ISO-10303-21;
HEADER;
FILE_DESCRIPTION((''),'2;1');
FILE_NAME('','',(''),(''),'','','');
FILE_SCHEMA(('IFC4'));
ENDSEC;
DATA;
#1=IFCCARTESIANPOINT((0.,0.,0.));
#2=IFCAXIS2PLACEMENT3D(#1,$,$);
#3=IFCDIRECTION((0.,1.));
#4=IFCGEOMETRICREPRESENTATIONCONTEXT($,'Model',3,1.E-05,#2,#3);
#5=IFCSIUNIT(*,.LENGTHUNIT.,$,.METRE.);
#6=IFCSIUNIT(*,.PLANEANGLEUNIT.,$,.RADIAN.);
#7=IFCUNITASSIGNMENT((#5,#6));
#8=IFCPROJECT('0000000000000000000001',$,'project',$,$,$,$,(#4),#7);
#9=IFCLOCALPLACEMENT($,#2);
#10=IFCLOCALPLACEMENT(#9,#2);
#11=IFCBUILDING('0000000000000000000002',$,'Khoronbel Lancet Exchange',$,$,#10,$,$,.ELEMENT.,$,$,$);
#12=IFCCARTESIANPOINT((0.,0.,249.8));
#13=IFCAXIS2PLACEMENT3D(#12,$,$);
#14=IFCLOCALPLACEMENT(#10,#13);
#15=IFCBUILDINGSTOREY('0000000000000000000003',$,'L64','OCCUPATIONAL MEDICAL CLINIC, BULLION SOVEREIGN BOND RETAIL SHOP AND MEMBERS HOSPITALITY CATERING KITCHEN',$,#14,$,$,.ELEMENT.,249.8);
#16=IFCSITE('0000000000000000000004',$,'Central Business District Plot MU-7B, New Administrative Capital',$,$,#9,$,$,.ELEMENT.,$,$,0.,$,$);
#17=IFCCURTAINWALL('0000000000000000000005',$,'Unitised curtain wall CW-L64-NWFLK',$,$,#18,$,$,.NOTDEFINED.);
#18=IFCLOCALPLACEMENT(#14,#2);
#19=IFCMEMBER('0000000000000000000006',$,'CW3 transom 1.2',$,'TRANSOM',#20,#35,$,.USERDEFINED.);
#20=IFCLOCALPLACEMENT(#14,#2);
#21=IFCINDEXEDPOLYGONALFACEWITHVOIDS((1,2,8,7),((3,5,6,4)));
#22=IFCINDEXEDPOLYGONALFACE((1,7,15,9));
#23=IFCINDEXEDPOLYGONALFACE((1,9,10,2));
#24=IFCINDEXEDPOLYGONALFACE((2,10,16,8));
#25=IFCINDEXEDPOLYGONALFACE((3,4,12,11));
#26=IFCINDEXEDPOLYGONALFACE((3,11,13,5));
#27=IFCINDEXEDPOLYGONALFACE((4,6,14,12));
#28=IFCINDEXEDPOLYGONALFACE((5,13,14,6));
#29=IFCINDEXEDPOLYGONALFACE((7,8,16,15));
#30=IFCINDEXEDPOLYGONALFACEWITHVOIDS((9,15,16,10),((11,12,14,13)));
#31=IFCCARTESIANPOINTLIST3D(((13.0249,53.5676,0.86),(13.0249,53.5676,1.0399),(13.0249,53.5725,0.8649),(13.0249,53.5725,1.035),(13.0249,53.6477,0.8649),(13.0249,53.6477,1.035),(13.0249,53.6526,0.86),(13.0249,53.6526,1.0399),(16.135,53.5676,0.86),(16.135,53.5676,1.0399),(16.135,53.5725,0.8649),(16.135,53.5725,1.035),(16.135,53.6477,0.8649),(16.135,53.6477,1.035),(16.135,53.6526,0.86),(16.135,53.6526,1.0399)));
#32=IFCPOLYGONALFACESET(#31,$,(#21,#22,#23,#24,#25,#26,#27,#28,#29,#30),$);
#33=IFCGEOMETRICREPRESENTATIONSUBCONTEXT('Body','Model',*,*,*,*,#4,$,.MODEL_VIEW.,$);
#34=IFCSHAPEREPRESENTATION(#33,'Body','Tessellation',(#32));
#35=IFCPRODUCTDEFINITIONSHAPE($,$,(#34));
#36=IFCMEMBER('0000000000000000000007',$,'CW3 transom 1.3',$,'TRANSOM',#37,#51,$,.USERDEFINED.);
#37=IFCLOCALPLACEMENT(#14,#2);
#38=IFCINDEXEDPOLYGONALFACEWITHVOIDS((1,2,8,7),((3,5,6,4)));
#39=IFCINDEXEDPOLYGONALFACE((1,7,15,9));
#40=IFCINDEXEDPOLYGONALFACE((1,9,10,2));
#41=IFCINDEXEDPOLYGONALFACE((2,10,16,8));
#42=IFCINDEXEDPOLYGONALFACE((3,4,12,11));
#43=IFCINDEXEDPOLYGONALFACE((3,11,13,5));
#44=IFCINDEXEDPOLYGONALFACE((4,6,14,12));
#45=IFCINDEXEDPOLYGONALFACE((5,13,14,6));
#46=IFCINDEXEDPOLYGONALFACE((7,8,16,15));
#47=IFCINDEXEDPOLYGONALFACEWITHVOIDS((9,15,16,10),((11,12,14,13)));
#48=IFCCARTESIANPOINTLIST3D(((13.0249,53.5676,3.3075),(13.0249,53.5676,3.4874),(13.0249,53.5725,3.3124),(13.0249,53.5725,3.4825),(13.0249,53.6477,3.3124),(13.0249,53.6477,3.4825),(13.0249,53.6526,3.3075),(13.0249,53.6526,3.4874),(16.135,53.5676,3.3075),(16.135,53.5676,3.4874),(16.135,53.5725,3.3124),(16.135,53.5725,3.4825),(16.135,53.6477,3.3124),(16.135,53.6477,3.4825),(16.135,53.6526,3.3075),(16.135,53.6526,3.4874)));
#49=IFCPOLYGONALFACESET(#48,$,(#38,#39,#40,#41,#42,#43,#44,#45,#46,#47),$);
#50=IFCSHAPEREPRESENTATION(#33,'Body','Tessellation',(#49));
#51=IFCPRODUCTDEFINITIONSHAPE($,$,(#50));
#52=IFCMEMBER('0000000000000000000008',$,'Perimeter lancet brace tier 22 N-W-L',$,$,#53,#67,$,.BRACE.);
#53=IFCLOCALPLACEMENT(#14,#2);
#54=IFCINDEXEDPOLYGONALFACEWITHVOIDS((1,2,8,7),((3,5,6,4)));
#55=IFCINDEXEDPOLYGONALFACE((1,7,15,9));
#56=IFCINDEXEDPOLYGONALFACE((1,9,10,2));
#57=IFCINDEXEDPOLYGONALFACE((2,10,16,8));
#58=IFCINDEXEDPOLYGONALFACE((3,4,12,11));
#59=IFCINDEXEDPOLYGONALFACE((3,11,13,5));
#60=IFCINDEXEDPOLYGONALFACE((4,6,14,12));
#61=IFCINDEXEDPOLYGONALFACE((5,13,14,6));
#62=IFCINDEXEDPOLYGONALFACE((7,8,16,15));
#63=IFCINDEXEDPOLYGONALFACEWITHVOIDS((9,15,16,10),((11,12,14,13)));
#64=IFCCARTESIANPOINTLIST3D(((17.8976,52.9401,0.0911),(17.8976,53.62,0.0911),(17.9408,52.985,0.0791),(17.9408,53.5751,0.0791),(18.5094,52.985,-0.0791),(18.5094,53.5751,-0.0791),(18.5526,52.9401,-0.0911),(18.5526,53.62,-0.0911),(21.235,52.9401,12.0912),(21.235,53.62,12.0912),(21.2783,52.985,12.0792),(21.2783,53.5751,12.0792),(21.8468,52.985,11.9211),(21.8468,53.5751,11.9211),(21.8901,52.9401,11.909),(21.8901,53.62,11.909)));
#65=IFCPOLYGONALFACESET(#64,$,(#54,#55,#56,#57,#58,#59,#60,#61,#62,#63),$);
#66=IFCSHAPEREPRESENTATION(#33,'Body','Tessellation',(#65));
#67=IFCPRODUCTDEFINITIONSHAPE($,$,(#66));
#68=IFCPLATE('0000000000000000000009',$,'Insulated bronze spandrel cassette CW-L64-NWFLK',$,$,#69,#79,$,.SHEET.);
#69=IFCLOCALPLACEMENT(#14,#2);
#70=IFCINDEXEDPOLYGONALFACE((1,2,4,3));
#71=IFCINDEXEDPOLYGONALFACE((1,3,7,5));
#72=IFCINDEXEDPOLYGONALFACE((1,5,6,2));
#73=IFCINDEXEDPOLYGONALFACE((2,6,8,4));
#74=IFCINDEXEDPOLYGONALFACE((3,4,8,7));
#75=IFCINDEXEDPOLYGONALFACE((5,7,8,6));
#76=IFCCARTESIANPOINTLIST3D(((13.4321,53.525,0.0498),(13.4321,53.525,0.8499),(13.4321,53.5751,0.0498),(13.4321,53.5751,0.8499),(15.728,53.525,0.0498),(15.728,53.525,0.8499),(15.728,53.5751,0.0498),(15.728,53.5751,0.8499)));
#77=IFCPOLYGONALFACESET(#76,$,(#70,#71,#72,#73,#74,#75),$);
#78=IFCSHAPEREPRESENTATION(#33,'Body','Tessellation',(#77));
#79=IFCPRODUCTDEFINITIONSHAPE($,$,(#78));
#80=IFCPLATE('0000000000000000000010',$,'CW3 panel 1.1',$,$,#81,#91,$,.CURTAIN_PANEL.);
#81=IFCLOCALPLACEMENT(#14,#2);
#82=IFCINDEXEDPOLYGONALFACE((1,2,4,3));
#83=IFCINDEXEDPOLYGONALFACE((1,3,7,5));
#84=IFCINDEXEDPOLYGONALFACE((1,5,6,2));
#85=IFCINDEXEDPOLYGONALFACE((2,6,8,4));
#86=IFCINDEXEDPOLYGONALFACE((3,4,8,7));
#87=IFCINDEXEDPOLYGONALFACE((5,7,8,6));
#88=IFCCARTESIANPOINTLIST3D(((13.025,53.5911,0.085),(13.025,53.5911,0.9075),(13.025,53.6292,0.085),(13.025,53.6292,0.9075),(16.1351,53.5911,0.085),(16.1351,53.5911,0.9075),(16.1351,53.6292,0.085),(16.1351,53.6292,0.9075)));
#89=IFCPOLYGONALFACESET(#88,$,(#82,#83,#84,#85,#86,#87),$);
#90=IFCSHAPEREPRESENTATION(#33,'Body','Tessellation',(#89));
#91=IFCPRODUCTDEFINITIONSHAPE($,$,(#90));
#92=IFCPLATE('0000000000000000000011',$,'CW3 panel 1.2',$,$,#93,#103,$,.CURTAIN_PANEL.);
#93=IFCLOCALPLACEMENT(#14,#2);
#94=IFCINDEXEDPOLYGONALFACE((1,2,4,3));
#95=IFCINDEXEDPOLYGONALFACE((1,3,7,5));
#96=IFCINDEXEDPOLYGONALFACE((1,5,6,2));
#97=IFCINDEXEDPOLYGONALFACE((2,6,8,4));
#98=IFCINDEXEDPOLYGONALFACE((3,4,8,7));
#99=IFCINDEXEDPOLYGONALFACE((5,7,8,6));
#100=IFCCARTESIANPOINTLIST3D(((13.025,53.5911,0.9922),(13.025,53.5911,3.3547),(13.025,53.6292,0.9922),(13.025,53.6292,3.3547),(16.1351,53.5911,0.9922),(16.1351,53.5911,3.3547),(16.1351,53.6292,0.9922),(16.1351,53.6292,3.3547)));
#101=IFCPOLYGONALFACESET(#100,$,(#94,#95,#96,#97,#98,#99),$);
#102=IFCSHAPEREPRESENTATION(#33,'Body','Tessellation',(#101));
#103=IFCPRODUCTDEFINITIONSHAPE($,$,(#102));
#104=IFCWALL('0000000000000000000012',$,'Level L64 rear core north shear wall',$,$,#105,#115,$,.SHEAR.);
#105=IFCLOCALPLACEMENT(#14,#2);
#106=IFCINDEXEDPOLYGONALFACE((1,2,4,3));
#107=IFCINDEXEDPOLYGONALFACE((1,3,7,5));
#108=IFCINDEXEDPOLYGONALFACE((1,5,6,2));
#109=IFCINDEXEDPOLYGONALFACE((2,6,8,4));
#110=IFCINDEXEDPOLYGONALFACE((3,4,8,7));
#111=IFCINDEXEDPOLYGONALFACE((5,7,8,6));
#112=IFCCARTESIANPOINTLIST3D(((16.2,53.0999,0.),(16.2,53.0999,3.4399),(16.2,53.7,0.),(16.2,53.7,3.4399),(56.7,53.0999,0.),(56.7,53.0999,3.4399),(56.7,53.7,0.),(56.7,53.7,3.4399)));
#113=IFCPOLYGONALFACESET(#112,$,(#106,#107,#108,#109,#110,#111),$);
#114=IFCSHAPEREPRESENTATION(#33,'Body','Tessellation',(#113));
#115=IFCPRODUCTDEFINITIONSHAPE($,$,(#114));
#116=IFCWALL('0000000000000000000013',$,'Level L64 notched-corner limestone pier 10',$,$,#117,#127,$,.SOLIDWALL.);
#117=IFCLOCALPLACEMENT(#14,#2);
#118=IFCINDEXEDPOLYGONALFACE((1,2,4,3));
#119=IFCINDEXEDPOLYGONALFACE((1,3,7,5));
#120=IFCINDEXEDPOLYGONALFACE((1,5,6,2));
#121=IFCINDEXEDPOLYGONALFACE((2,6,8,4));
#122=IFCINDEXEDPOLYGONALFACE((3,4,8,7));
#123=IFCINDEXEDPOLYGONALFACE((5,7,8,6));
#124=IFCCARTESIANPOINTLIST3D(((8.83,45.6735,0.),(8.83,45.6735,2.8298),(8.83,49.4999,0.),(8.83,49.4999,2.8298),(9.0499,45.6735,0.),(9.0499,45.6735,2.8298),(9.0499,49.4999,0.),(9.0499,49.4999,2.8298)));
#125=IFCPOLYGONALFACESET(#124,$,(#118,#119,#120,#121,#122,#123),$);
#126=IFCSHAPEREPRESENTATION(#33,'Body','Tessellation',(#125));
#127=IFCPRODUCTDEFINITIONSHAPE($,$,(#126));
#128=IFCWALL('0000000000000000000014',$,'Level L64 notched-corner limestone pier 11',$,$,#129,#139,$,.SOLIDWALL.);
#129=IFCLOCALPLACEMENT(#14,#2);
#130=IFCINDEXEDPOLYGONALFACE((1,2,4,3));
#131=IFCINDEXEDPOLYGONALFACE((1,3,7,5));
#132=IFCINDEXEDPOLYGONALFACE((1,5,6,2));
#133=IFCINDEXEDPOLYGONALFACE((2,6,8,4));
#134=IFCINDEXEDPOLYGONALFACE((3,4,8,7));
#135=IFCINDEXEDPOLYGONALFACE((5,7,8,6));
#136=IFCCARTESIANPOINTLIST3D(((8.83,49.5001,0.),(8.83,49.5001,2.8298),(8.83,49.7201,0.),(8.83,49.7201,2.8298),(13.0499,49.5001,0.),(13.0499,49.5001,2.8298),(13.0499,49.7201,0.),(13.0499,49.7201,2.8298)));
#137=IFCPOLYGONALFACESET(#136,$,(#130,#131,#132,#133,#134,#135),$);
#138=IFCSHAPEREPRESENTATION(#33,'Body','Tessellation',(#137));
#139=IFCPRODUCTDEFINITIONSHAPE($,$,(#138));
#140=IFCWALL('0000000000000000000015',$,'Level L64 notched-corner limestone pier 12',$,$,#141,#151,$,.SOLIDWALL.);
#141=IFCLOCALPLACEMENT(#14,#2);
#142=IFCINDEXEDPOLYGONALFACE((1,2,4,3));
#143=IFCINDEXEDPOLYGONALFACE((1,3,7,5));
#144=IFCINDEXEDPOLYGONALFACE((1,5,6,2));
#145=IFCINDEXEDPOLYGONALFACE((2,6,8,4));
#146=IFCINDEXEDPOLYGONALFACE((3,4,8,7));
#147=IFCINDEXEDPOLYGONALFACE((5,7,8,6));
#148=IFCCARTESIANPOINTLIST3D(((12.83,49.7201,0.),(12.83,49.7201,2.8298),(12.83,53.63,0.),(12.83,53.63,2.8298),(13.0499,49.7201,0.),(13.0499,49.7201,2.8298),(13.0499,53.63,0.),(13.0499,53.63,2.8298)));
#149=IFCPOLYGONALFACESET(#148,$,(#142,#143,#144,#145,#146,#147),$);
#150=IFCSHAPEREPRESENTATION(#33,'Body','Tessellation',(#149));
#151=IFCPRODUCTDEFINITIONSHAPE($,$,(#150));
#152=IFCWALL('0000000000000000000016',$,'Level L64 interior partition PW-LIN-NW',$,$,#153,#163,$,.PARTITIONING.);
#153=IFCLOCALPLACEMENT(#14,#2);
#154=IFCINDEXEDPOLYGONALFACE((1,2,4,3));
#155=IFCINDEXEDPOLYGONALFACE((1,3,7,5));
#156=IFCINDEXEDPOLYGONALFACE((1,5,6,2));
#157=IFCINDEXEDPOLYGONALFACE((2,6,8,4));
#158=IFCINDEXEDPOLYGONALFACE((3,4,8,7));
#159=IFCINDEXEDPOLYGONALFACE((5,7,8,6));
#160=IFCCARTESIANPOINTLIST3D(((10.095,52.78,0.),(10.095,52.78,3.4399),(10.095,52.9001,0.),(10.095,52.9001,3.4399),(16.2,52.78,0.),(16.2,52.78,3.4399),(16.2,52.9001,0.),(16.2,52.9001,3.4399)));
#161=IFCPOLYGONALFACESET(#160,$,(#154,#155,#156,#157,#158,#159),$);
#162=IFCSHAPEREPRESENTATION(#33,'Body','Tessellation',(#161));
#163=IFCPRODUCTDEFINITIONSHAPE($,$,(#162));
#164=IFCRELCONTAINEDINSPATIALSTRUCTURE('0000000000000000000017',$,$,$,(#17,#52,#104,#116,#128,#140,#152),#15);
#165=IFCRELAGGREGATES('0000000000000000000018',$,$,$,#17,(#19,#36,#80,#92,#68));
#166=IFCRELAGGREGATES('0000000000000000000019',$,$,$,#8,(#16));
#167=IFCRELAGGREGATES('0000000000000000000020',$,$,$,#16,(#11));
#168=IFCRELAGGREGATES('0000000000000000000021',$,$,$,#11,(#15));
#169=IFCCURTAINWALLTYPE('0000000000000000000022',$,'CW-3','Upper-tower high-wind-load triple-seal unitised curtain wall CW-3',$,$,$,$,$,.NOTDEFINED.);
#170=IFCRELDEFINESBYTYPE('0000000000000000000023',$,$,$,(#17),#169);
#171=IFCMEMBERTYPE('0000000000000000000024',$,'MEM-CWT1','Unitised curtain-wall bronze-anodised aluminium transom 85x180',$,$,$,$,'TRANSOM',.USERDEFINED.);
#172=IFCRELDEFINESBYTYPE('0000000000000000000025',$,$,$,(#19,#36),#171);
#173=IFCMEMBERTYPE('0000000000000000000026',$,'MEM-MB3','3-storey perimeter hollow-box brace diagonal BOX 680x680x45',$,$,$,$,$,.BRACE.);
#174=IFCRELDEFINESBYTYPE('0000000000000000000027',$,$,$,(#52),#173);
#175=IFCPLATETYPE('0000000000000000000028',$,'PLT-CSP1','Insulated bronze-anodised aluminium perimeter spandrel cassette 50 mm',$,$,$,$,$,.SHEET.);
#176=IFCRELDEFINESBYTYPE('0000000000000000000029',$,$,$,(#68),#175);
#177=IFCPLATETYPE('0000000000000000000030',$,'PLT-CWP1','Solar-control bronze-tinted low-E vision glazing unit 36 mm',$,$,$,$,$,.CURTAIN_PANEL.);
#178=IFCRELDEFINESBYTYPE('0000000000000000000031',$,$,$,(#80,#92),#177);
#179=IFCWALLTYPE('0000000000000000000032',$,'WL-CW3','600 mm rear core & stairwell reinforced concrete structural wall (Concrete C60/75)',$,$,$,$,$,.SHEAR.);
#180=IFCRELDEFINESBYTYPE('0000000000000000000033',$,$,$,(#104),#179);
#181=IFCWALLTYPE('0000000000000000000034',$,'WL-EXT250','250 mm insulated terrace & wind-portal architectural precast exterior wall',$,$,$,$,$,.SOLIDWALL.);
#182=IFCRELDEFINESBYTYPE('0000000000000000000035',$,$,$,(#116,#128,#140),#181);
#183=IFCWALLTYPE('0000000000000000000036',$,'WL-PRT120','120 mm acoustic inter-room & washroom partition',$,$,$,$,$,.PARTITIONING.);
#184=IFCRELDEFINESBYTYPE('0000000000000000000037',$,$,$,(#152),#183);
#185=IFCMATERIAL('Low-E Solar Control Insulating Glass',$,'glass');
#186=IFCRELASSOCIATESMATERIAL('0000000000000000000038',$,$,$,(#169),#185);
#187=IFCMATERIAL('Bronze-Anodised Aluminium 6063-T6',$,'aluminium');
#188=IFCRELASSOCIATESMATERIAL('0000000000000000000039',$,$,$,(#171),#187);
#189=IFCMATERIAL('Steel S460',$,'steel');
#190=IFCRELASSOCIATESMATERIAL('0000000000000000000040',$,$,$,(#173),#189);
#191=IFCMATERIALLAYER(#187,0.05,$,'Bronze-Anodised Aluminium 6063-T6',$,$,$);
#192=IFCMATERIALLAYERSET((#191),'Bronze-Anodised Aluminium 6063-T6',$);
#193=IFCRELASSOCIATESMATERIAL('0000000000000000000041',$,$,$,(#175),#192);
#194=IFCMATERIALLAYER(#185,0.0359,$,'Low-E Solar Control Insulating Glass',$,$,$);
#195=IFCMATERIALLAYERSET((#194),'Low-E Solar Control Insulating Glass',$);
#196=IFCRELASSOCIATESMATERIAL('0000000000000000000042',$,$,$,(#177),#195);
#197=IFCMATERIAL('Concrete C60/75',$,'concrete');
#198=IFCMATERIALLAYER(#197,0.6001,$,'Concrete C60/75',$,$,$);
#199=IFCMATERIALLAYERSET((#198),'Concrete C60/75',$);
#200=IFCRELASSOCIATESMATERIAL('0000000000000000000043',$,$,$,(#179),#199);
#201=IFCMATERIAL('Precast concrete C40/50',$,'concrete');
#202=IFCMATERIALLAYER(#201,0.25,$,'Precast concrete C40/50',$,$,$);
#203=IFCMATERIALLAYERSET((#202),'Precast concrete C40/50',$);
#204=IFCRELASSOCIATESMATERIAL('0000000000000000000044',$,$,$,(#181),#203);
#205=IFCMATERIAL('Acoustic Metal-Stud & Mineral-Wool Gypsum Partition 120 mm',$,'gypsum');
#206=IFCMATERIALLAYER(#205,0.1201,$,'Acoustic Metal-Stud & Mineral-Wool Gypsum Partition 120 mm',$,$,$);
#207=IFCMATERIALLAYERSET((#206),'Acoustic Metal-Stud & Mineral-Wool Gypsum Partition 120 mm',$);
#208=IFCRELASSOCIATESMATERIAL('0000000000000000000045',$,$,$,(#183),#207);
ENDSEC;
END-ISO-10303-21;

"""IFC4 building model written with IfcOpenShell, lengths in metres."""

from ifc_helpers import new_model, si_unit, direction, frame, frame_2d, origin, origin_2d, place, context, subcontext, project, spatial, rectangle, hollow_rectangle, extrude, material, layer, layer_set, material_profile, profile_set, type_object, element, aggregate, save


model = new_model("IFC4")

# Units and contexts
model_context = context("Model", 3, precision=1e-05, world=origin(), true_north=direction((0.0, 1.0)))
body_context = subcontext(model_context, "Body", "Model", "MODEL_VIEW")
ifc_project = project(units=[si_unit("LENGTHUNIT", "METRE"), si_unit("PLANEANGLEUNIT", "RADIAN")], contexts=[model_context])

# Site, building, storey
site_placement = place(None, origin())
site = spatial("IfcSite", under=ifc_project, at=site_placement, Name="Central Business District Plot MU-7B, New Administrative Capital", CompositionType="ELEMENT", RefElevation=0.0)
building_placement = place(site_placement, origin())
building = spatial("IfcBuilding", under=site, at=building_placement, Name="Khoronbel Lancet Exchange", CompositionType="ELEMENT")
storey_placement = place(building_placement, frame((0.0, 0.0, 249.8)))
storey = spatial("IfcBuildingStorey", under=building, at=storey_placement, Name="L64", Description="OCCUPATIONAL MEDICAL CLINIC, BULLION SOVEREIGN BOND RETAIL SHOP AND MEMBERS HOSPITALITY CATERING KITCHEN", CompositionType="ELEMENT", Elevation=249.8)

# Shared definitions
ifc_material_1 = material(Name="Steel S460", Category="steel")

# Curtain wall, members
ifc_material_2 = material(Name="Low-E Solar Control Insulating Glass", Category="glass")
curtain_wall_type = type_object("IfcCurtainWallType", Name="CW-3", Description="Upper-tower high-wind-load triple-seal unitised curtain wall CW-3", PredefinedType="NOTDEFINED", material=ifc_material_2)
curtain_wall_placement = place(storey_placement, origin())
curtain_wall = element("IfcCurtainWall", 1, at=curtain_wall_placement, inside=storey, type_object=curtain_wall_type, Name="Unitised curtain wall CW-L64-NWFLK", PredefinedType="NOTDEFINED")
ifc_material_3 = material(Name="Bronze-Anodised Aluminium 6063-T6", Category="aluminium")
ifc_material_profile_1 = material_profile(ifc_material_3, hollow_rectangle(XDim=0.085, YDim=0.1799, WallThickness=0.0049, at=origin_2d()), Name="ALU TRANSOM 85x180")
ifc_profile_set_1 = profile_set([ifc_material_profile_1], Name="Bronze-Anodised Aluminium 6063-T6")
member_type_1 = type_object("IfcMemberType", Name="MEM-CWT1", Description="Unitised curtain-wall bronze-anodised aluminium transom 85x180", ElementType="TRANSOM", PredefinedType="USERDEFINED", material=ifc_profile_set_1)
member_1_placement = place(storey_placement, frame((16.135, 53.6101, 0.95), z_axis=(-1.0, 0.0, 0.0), x_axis=(0.0, -1.0, 0.0)))
member_1 = element("IfcMember", 2, at=member_1_placement, type_object=member_type_1, Name="CW3 transom 1.2", ObjectType="TRANSOM", PredefinedType="USERDEFINED", context=body_context, shape_type="SweptSolid", body=[
    extrude(hollow_rectangle(XDim=0.085, YDim=0.1799, WallThickness=0.0049, at=origin_2d()), origin(), (0.0, 0.0, 1.0), 3.1101),
])
member_2_placement = place(storey_placement, frame((16.135, 53.6101, 3.3975), z_axis=(-1.0, 0.0, 0.0), x_axis=(0.0, -1.0, 0.0)))
member_2 = element("IfcMember", 3, at=member_2_placement, type_object=member_type_1, Name="CW3 transom 1.3", ObjectType="TRANSOM", PredefinedType="USERDEFINED", context=body_context, shape_type="SweptSolid", body=[
    extrude(hollow_rectangle(XDim=0.085, YDim=0.1799, WallThickness=0.0049, at=origin_2d()), origin(), (0.0, 0.0, 1.0), 3.1101),
])

# Member
ifc_material_profile_2 = material_profile(ifc_material_1, hollow_rectangle(XDim=0.6799, YDim=0.6799, WallThickness=0.0449, at=origin_2d()), Name="BOX 680x680x45")
ifc_profile_set_2 = profile_set([ifc_material_profile_2], Name="Steel S460")
member_type_2 = type_object("IfcMemberType", Name="MEM-MB3", Description="3-storey perimeter hollow-box brace diagonal BOX 680x680x45", PredefinedType="BRACE", material=ifc_profile_set_2)
member_3_placement = place(storey_placement, frame((18.2251, 53.28, 0.0), z_axis=(0.267947, 0.0, 0.963434), x_axis=(0.0, 1.0, 0.0)))
element("IfcMember", 4, at=member_3_placement, inside=storey, type_object=member_type_2, Name="Perimeter lancet brace tier 22 N-W-L", PredefinedType="BRACE", context=body_context, shape_type="SweptSolid", body=[
    extrude(hollow_rectangle(XDim=0.6799, YDim=0.6799, WallThickness=0.0449, at=origin_2d()), origin(), (0.0, 0.0, 1.0), 12.4556),
])

# Plates
ifc_layer_1 = layer(ifc_material_3, 0.05, Name="Bronze-Anodised Aluminium 6063-T6")
ifc_layer_set_1 = layer_set([ifc_layer_1], Name="Bronze-Anodised Aluminium 6063-T6")
plate_type_1 = type_object("IfcPlateType", Name="PLT-CSP1", Description="Insulated bronze-anodised aluminium perimeter spandrel cassette 50 mm", PredefinedType="SHEET", material=ifc_layer_set_1)
plate_1_placement = place(storey_placement, frame((14.5801, 53.55, 0.0498), z_axis=(0.0, 0.0, 1.0), x_axis=(-1.0, 0.0, 0.0)))
plate_1 = element("IfcPlate", 5, at=plate_1_placement, type_object=plate_type_1, Name="Insulated bronze spandrel cassette CW-L64-NWFLK", PredefinedType="SHEET", context=body_context, shape_type="SweptSolid", body=[
    extrude(rectangle(XDim=2.2959, YDim=0.05, at=origin_2d()), origin(), (0.0, 0.0, 1.0), 0.8),
])
ifc_layer_2 = layer(ifc_material_2, 0.0359, Name="Low-E Solar Control Insulating Glass")
ifc_layer_set_2 = layer_set([ifc_layer_2], Name="Low-E Solar Control Insulating Glass")
plate_type_2 = type_object("IfcPlateType", Name="PLT-CWP1", Description="Solar-control bronze-tinted low-E vision glazing unit 36 mm", PredefinedType="CURTAIN_PANEL", material=ifc_layer_set_2)
plate_2_placement = place(storey_placement, frame((14.5801, 53.6101, 0.085), z_axis=(0.0, 0.0, 1.0), x_axis=(-1.0, 0.0, 0.0)))
plate_2 = element("IfcPlate", 6, at=plate_2_placement, type_object=plate_type_2, Name="CW3 panel 1.1", PredefinedType="CURTAIN_PANEL", context=body_context, shape_type="SweptSolid", body=[
    extrude(rectangle(XDim=3.1101, YDim=0.0381, at=origin_2d()), origin(), (0.0, 0.0, 1.0), 0.8225),
])
plate_3_placement = place(storey_placement, frame((14.5801, 53.6101, 0.9922), z_axis=(0.0, 0.0, 1.0), x_axis=(-1.0, 0.0, 0.0)))
plate_3 = element("IfcPlate", 7, at=plate_3_placement, type_object=plate_type_2, Name="CW3 panel 1.2", PredefinedType="CURTAIN_PANEL", context=body_context, shape_type="SweptSolid", body=[
    extrude(rectangle(XDim=3.1101, YDim=0.0381, at=origin_2d()), origin(), (0.0, 0.0, 1.0), 2.3625),
])
aggregate(curtain_wall, [member_1, member_2, plate_2, plate_3, plate_1])

# Walls
ifc_material_4 = material(Name="Concrete C60/75", Category="concrete")
ifc_layer_3 = layer(ifc_material_4, 0.6001, Name="Concrete C60/75")
ifc_layer_set_3 = layer_set([ifc_layer_3], Name="Concrete C60/75")
wall_type_1 = type_object("IfcWallType", Name="WL-CW3", Description="600 mm rear core & stairwell reinforced concrete structural wall (Concrete C60/75)", PredefinedType="SHEAR", material=ifc_layer_set_3)
wall_1_placement = place(storey_placement, frame((16.2, 53.3999, 0.0), z_axis=(0.0, 0.0, 1.0), x_axis=(1.0, 0.0, 0.0)))
element("IfcWall", 8, at=wall_1_placement, inside=storey, type_object=wall_type_1, Name="Level L64 rear core north shear wall", PredefinedType="SHEAR", context=body_context, shape_type="SweptSolid", body=[
    extrude(rectangle(XDim=40.5, YDim=0.6001, at=frame_2d((20.25, 0.0))), origin(), (0.0, 0.0, 1.0), 3.4399),
])
ifc_material_5 = material(Name="Precast concrete C40/50", Category="concrete")
ifc_layer_4 = layer(ifc_material_5, 0.25, Name="Precast concrete C40/50")
ifc_layer_set_4 = layer_set([ifc_layer_4], Name="Precast concrete C40/50")
wall_type_2 = type_object("IfcWallType", Name="WL-EXT250", Description="250 mm insulated terrace & wind-portal architectural precast exterior wall", PredefinedType="SOLIDWALL", material=ifc_layer_set_4)
wall_2_placement = place(storey_placement, frame((8.9399, 45.6736, 0.0), z_axis=(0.0, 0.0, 1.0), x_axis=(0.0, 1.0, 0.0)))
element("IfcWall", 9, at=wall_2_placement, inside=storey, type_object=wall_type_2, Name="Level L64 notched-corner limestone pier 10", PredefinedType="SOLIDWALL", context=body_context, shape_type="SweptSolid", body=[
    extrude(rectangle(XDim=3.8264, YDim=0.22, at=frame_2d((1.9131, 0.0))), origin(), (0.0, 0.0, 1.0), 2.8298),
])
wall_3_placement = place(storey_placement, frame((8.8301, 49.6101, 0.0), z_axis=(0.0, 0.0, 1.0), x_axis=(1.0, 0.0, 0.0)))
element("IfcWall", 10, at=wall_3_placement, inside=storey, type_object=wall_type_2, Name="Level L64 notched-corner limestone pier 11", PredefinedType="SOLIDWALL", context=body_context, shape_type="SweptSolid", body=[
    extrude(rectangle(XDim=4.22, YDim=0.22, at=frame_2d((2.1099, 0.0))), origin(), (0.0, 0.0, 1.0), 2.8298),
])
wall_4_placement = place(storey_placement, frame((12.9399, 49.72, 0.0), z_axis=(0.0, 0.0, 1.0), x_axis=(0.0, 1.0, 0.0)))
element("IfcWall", 11, at=wall_4_placement, inside=storey, type_object=wall_type_2, Name="Level L64 notched-corner limestone pier 12", PredefinedType="SOLIDWALL", context=body_context, shape_type="SweptSolid", body=[
    extrude(rectangle(XDim=3.9099, YDim=0.22, at=frame_2d((1.9551, 0.0))), origin(), (0.0, 0.0, 1.0), 2.8298),
])
ifc_material_6 = material(Name="Acoustic Metal-Stud & Mineral-Wool Gypsum Partition 120 mm", Category="gypsum")
ifc_layer_5 = layer(ifc_material_6, 0.1201, Name="Acoustic Metal-Stud & Mineral-Wool Gypsum Partition 120 mm")
ifc_layer_set_5 = layer_set([ifc_layer_5], Name="Acoustic Metal-Stud & Mineral-Wool Gypsum Partition 120 mm")
wall_type_3 = type_object("IfcWallType", Name="WL-PRT120", Description="120 mm acoustic inter-room & washroom partition", PredefinedType="PARTITIONING", material=ifc_layer_set_5)
wall_5_placement = place(storey_placement, frame((10.095, 52.8401, 0.0), z_axis=(0.0, 0.0, 1.0), x_axis=(1.0, 0.0, 0.0)))
element("IfcWall", 12, at=wall_5_placement, inside=storey, type_object=wall_type_3, Name="Level L64 interior partition PW-LIN-NW", PredefinedType="PARTITIONING", context=body_context, shape_type="SweptSolid", body=[
    extrude(rectangle(XDim=6.105, YDim=0.1201, at=frame_2d((3.0525, 0.0))), origin(), (0.0, 0.0, 1.0), 3.4399),
])

save(model, "model.ifc")
